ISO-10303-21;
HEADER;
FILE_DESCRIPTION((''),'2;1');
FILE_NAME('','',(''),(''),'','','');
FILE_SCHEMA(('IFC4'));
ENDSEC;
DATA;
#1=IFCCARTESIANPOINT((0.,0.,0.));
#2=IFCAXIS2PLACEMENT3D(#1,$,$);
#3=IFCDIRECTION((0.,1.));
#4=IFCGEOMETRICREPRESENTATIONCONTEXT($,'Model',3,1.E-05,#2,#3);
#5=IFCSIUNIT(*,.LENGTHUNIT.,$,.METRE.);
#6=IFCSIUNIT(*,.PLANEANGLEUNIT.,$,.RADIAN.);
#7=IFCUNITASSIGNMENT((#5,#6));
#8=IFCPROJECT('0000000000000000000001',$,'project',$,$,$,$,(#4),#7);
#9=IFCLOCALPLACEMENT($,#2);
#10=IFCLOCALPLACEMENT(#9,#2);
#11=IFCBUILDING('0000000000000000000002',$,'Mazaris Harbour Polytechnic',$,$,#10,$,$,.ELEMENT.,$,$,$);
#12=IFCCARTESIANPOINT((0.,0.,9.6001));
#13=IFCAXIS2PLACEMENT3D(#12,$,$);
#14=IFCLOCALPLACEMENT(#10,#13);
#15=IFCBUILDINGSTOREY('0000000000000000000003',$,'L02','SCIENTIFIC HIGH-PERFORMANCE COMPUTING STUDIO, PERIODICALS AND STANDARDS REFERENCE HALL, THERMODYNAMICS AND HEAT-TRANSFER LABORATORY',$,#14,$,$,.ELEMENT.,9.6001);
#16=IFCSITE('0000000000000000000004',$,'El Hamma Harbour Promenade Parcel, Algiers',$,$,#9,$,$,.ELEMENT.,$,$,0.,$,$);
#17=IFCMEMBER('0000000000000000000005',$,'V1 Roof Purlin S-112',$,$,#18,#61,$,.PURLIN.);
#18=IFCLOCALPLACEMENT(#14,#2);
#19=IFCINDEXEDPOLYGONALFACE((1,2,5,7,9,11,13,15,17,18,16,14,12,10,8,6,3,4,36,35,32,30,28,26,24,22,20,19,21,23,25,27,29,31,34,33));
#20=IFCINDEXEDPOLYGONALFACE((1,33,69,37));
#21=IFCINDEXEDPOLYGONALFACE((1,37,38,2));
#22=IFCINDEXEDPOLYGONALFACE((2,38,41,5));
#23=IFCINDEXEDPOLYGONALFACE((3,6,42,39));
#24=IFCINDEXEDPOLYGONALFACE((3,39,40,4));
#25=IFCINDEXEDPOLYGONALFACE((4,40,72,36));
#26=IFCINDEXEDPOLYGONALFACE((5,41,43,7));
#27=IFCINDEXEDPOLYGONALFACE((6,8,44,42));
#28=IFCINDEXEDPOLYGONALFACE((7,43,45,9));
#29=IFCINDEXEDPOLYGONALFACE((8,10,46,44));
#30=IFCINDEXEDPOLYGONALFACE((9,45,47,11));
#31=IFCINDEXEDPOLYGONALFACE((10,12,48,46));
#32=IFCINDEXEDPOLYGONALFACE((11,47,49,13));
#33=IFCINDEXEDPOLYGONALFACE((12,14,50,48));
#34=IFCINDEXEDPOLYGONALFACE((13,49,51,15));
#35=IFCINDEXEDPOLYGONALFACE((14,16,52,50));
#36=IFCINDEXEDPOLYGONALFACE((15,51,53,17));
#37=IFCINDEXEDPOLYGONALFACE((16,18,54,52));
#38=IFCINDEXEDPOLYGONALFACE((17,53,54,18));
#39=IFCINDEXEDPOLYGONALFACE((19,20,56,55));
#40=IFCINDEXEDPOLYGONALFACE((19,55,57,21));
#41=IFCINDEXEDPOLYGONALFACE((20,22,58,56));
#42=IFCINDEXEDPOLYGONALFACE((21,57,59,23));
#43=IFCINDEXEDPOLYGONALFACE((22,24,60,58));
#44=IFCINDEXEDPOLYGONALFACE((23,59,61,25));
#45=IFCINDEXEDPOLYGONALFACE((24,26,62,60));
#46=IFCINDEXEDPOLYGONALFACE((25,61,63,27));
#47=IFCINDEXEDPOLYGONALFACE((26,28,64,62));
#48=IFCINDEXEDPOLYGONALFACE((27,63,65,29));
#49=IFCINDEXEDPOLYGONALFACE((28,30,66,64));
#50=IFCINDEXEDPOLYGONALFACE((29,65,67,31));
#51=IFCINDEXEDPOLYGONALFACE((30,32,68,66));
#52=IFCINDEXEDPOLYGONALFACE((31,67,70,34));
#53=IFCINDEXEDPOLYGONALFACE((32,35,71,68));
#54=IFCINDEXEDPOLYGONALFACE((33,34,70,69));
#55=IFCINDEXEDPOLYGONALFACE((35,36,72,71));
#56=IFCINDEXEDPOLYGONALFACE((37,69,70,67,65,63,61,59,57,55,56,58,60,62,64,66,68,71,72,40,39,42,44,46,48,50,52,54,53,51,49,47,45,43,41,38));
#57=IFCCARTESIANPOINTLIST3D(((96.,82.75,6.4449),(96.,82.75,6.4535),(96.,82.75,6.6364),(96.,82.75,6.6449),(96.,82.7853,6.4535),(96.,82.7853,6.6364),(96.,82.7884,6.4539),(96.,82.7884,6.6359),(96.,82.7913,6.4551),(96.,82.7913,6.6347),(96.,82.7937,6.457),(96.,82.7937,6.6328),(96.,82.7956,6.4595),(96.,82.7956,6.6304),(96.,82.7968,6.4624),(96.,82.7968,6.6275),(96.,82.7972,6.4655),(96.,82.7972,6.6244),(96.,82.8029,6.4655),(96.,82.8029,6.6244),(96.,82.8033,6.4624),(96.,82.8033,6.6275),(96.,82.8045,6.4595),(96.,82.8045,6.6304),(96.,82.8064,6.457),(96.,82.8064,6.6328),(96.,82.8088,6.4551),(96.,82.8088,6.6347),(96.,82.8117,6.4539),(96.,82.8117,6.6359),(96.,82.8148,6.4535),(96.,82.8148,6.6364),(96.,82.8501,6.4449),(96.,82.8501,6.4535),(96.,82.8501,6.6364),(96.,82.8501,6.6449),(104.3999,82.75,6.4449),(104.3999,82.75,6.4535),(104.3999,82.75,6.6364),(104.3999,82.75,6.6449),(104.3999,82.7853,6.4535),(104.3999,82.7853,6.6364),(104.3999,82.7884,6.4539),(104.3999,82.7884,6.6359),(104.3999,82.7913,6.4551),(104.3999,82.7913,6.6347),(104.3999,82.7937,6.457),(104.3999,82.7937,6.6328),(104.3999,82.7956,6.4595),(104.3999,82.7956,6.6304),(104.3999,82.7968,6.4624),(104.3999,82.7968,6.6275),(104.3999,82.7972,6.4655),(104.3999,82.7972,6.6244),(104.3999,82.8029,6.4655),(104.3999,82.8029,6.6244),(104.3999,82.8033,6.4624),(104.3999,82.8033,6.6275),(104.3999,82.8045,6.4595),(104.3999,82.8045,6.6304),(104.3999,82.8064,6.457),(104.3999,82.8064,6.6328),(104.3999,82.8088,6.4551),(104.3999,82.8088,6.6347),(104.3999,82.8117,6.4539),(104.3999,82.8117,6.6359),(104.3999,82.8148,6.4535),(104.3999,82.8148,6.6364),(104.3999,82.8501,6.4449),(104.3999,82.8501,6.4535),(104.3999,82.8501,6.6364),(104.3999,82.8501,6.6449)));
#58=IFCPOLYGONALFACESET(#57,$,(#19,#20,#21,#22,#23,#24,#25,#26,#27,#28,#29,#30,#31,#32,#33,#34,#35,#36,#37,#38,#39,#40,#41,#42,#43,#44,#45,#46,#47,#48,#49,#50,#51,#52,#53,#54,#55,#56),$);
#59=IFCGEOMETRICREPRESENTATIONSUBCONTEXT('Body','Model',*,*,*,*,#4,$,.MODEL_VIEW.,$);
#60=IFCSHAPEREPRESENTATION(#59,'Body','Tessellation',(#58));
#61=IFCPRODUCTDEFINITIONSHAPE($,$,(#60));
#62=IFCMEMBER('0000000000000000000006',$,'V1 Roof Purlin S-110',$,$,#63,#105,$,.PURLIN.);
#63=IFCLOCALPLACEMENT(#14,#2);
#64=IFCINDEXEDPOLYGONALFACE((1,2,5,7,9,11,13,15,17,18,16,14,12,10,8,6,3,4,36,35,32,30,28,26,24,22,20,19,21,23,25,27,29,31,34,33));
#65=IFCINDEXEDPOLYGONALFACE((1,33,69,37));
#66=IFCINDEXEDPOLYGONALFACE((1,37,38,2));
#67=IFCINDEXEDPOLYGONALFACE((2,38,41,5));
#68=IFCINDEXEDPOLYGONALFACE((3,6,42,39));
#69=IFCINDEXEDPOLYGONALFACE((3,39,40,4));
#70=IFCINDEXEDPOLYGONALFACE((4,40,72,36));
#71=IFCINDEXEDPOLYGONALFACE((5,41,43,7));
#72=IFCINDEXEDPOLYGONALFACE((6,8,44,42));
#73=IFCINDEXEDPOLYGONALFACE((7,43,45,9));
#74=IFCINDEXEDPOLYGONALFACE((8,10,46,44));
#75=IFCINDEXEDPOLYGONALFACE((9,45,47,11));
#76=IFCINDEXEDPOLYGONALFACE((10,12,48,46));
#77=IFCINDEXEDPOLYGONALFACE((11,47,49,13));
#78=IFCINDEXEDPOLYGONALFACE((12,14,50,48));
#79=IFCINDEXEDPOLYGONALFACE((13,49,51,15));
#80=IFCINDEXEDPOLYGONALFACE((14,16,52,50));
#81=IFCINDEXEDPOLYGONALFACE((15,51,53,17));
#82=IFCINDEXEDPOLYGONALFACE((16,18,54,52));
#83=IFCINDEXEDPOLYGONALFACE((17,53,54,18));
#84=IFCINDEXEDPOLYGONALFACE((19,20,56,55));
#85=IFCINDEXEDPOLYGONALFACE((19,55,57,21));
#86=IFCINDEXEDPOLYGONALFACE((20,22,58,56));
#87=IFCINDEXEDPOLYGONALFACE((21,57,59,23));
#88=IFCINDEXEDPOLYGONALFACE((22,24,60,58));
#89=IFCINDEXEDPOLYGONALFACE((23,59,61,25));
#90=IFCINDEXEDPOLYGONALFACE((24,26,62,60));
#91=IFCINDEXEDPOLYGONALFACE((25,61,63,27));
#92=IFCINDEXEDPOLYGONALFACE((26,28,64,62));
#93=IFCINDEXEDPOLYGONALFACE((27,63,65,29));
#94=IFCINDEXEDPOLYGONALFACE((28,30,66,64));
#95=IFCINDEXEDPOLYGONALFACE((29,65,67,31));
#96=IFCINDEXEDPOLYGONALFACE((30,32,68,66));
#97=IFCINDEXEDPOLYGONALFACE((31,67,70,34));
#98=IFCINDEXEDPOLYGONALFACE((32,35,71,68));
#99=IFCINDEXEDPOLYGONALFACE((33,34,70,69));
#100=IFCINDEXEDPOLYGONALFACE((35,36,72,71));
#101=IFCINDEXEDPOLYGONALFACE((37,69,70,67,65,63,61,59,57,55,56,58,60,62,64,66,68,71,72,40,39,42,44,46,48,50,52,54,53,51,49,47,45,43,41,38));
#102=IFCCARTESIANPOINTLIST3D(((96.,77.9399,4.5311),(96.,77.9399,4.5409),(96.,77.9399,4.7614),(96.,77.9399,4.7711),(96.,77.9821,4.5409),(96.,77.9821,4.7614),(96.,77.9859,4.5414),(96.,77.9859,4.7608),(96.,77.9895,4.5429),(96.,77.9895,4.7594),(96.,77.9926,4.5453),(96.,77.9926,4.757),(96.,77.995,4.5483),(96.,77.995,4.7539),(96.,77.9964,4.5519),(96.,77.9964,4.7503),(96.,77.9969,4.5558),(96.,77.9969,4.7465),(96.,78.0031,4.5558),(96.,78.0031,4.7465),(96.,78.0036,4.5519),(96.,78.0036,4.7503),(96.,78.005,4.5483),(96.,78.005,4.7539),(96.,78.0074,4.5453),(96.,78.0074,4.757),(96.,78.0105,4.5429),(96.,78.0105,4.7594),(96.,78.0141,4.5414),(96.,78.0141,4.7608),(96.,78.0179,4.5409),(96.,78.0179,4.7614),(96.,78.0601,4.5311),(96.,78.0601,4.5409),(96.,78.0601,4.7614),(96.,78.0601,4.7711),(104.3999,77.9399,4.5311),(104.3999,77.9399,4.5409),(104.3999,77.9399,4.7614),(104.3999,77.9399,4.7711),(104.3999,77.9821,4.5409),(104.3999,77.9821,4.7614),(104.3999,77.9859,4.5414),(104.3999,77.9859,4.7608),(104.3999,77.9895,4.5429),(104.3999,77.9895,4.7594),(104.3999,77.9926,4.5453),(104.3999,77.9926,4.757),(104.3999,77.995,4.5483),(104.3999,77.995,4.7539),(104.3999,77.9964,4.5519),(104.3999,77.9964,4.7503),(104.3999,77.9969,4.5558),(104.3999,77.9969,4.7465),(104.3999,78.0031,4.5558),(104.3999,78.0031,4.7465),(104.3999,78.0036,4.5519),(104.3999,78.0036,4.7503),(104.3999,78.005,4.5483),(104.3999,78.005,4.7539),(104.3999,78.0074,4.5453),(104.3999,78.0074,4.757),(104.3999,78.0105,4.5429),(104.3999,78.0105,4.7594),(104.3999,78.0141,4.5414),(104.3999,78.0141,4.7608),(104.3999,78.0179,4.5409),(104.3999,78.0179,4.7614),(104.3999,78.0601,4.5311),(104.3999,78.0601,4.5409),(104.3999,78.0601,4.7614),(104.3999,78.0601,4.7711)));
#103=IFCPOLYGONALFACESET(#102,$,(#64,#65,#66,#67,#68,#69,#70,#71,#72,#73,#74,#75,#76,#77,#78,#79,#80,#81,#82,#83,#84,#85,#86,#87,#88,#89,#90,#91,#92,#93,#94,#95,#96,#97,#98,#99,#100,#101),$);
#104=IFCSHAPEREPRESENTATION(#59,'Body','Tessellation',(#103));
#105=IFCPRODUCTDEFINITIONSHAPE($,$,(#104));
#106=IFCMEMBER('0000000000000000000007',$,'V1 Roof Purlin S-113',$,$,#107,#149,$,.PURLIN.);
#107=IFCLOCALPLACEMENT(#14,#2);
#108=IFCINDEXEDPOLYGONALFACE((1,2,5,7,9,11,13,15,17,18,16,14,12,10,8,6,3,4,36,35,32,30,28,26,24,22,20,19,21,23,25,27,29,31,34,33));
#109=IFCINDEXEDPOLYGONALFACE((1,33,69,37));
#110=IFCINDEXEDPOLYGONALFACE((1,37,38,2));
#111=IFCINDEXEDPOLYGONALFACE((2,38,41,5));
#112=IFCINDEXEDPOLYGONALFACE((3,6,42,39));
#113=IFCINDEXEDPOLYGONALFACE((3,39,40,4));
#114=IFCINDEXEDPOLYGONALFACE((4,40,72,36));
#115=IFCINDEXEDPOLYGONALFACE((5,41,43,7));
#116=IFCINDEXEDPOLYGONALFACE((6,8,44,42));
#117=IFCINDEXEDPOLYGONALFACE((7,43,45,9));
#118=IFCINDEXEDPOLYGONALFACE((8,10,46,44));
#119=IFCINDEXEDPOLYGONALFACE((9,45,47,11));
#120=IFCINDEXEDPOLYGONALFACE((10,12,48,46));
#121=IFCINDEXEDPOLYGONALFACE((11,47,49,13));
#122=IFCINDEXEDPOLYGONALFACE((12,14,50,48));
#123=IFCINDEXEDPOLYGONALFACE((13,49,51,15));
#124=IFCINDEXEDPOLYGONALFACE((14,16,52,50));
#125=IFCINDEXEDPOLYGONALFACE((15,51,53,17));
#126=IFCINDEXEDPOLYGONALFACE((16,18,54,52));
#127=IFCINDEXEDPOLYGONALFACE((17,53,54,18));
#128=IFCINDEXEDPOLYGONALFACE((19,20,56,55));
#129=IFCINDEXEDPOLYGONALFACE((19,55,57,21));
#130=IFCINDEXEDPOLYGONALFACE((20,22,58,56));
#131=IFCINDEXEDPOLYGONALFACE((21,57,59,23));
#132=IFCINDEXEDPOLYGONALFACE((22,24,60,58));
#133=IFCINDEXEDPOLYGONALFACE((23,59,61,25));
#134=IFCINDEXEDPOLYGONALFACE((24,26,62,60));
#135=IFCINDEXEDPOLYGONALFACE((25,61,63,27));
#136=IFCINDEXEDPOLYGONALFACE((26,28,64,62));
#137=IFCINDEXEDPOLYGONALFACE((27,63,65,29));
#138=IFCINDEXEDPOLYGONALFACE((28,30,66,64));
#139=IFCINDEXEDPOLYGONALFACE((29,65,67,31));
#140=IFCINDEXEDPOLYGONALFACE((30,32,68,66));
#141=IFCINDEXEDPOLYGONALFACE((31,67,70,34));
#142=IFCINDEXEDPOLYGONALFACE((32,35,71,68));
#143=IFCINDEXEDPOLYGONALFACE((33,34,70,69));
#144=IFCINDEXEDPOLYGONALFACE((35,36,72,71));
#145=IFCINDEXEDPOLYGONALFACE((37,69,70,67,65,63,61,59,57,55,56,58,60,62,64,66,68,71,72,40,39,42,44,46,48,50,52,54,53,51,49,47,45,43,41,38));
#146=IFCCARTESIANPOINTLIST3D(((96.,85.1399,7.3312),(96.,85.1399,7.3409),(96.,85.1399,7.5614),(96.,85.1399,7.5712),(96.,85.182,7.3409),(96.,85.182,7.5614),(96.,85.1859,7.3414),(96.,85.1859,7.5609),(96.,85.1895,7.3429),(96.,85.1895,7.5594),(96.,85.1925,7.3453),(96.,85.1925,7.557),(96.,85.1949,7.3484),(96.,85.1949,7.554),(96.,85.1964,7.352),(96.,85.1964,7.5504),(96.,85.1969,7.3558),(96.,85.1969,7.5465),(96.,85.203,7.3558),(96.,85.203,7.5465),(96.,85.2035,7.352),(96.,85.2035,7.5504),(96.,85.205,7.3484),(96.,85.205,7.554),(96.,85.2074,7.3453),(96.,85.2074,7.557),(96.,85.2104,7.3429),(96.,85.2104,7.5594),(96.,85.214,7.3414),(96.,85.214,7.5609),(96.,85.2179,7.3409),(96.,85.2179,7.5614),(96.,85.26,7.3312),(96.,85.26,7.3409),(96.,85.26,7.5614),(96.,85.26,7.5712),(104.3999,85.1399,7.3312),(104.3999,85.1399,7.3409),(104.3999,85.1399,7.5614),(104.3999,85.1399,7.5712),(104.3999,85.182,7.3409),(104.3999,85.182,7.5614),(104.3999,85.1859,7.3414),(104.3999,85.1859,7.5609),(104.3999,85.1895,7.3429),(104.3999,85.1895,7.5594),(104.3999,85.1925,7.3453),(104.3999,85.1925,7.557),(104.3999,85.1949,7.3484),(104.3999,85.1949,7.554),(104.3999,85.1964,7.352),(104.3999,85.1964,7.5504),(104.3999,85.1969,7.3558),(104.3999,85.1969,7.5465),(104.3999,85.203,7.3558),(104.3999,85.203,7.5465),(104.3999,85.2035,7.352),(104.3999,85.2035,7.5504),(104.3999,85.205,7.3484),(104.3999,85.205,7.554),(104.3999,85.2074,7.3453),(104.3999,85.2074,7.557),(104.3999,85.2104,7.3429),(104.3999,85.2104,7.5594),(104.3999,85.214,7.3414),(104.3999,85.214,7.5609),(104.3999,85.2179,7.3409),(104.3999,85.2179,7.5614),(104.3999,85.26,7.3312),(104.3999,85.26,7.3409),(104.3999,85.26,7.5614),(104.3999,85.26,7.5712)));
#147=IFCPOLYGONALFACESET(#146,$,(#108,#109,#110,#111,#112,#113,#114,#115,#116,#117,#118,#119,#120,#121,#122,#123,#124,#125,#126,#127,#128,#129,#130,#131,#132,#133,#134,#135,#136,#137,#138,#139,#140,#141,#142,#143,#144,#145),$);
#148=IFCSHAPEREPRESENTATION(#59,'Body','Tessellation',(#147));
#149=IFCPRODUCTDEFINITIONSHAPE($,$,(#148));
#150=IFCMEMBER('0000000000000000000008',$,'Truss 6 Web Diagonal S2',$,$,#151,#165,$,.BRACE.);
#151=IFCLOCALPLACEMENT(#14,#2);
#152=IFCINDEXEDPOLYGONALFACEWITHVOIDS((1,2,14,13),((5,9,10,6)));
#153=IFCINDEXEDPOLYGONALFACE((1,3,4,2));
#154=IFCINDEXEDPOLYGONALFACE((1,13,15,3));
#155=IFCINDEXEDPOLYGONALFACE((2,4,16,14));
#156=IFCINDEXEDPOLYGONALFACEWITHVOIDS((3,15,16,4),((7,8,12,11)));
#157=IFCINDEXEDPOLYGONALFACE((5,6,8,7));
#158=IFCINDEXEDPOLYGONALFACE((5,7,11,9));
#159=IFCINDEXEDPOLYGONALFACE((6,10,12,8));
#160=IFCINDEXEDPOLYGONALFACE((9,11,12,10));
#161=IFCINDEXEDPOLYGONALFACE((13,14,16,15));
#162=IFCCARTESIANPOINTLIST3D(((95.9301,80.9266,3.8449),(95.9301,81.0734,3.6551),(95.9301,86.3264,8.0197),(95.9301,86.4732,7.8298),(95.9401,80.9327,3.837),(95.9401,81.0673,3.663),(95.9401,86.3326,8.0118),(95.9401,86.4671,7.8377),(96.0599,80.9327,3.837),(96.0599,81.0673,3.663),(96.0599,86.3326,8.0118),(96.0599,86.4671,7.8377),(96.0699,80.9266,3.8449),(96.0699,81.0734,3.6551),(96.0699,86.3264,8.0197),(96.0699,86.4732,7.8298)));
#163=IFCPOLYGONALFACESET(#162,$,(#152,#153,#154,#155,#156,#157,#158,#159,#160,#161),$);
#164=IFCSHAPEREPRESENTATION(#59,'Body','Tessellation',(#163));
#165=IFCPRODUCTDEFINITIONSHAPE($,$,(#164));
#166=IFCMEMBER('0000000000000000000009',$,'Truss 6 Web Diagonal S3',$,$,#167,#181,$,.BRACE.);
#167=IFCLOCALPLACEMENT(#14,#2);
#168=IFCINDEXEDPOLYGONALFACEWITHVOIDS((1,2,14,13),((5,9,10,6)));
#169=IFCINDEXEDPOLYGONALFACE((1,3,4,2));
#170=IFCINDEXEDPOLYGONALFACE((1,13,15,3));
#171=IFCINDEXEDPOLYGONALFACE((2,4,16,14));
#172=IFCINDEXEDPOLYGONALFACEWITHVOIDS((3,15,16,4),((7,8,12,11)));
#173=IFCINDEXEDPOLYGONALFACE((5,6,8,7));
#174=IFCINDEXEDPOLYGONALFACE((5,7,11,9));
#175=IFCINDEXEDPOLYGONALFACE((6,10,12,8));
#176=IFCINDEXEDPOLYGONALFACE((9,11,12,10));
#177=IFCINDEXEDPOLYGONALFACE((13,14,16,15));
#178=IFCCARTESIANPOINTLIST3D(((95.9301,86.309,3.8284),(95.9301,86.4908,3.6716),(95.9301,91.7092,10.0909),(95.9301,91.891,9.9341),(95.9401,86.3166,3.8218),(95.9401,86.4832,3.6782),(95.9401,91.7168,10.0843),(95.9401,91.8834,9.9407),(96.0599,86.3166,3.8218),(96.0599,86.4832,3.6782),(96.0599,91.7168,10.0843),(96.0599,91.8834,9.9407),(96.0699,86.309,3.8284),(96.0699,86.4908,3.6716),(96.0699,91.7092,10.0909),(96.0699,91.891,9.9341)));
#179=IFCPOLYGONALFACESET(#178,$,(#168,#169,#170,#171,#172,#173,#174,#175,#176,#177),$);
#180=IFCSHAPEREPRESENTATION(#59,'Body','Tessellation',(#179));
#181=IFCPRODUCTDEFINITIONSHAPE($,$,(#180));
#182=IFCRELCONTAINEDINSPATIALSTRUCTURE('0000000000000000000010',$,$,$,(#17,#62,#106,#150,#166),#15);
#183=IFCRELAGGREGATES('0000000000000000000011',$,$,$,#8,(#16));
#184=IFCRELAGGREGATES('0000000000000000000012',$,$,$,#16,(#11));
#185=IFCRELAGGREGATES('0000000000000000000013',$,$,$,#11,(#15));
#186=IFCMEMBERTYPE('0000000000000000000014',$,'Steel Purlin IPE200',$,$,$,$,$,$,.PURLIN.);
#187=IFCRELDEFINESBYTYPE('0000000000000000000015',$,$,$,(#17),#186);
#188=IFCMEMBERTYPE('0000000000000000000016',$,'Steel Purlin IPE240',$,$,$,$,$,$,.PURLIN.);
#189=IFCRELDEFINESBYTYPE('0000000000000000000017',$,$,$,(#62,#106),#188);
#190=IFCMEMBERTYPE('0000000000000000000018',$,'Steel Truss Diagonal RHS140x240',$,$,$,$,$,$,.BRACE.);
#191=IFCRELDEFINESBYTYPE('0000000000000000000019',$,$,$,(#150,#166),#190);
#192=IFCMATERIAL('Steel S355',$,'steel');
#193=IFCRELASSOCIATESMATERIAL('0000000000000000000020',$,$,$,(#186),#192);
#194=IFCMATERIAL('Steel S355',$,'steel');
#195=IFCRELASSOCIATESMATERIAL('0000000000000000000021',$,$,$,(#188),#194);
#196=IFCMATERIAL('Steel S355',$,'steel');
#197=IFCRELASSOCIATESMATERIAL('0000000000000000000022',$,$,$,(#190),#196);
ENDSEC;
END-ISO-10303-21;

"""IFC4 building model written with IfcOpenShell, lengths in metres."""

from ifc_helpers import new_model, si_unit, direction, frame, origin, origin_2d, place, context, subcontext, project, spatial, hollow_rectangle, i_section, extrude, material, material_profile, profile_set, type_object, element, save


model = new_model("IFC4")

# Units and contexts
model_context = context("Model", 3, precision=1e-05, world=origin(), true_north=direction((0.0, 1.0)))
body_context = subcontext(model_context, "Body", "Model", "MODEL_VIEW")
ifc_project = project(units=[si_unit("LENGTHUNIT", "METRE"), si_unit("PLANEANGLEUNIT", "RADIAN")], contexts=[model_context])

# Site, building, storey
site_placement = place(None, origin())
site = spatial("IfcSite", under=ifc_project, at=site_placement, Name="El Hamma Harbour Promenade Parcel, Algiers", CompositionType="ELEMENT", RefElevation=0.0)
building_placement = place(site_placement, origin())
building = spatial("IfcBuilding", under=site, at=building_placement, Name="Mazaris Harbour Polytechnic", CompositionType="ELEMENT")
storey_placement = place(building_placement, frame((0.0, 0.0, 9.6001)))
storey = spatial("IfcBuildingStorey", under=building, at=storey_placement, Name="L02", Description="SCIENTIFIC HIGH-PERFORMANCE COMPUTING STUDIO, PERIODICALS AND STANDARDS REFERENCE HALL, THERMODYNAMICS AND HEAT-TRANSFER LABORATORY", CompositionType="ELEMENT", Elevation=9.6001)

# Members
ifc_material_1 = material(Name="Steel S355", Category="steel")
ifc_material_profile_1 = material_profile(ifc_material_1, i_section(OverallWidth=0.1001, OverallDepth=0.2, WebThickness=0.0056, FlangeThickness=0.0085, FilletRadius=0.012, at=origin_2d()), Name="IPE 200")
ifc_profile_set_1 = profile_set([ifc_material_profile_1], Name="Steel S355")
member_type_1 = type_object("IfcMemberType", Name="Steel Purlin IPE200", PredefinedType="PURLIN", material=ifc_profile_set_1)
member_1_placement = place(storey_placement, frame((96.0, 82.8, 6.5449), z_axis=(1.0, 0.0, 0.0), x_axis=(0.0, 1.0, 0.0)))
element("IfcMember", 1, at=member_1_placement, inside=storey, type_object=member_type_1, Name="V1 Roof Purlin S-112", PredefinedType="PURLIN", context=body_context, shape_type="SweptSolid", body=[
    extrude(i_section(OverallWidth=0.1001, OverallDepth=0.2, WebThickness=0.0056, FlangeThickness=0.0085, FilletRadius=0.012, at=origin_2d()), origin(), (0.0, 0.0, 1.0), 8.3999),
])
ifc_material_2 = material(Name="Steel S355", Category="steel")
ifc_material_profile_2 = material_profile(ifc_material_2, i_section(OverallWidth=0.1201, OverallDepth=0.24, WebThickness=0.0061, FlangeThickness=0.0098, FilletRadius=0.0149, at=origin_2d()), Name="IPE 240")
ifc_profile_set_2 = profile_set([ifc_material_profile_2], Name="Steel S355")
member_type_2 = type_object("IfcMemberType", Name="Steel Purlin IPE240", PredefinedType="PURLIN", material=ifc_profile_set_2)
for number, where, z_axis, x_axis, name in (
    (2, (96.0, 78.0, 4.6511), (1.0, 0.0, 0.0), (0.0, 1.0, 0.0), "V1 Roof Purlin S-110"),
    (3, (96.0, 85.2, 7.4512), (1.0, 0.0, 0.0), (0.0, 1.0, 0.0), "V1 Roof Purlin S-113"),
):
    element("IfcMember", number, at=place(storey_placement, frame(where, z_axis=z_axis, x_axis=x_axis)), inside=storey, type_object=member_type_2, Name=name, PredefinedType="PURLIN", context=body_context, shape_type="SweptSolid", body=[
        extrude(i_section(OverallWidth=0.1201, OverallDepth=0.24, WebThickness=0.0061, FlangeThickness=0.0098, FilletRadius=0.0149, at=origin_2d()), origin(), (0.0, 0.0, 1.0), 8.3999),
    ])
ifc_material_3 = material(Name="Steel S355", Category="steel")
ifc_material_profile_3 = material_profile(ifc_material_3, hollow_rectangle(XDim=0.1399, YDim=0.24, WallThickness=0.01, at=origin_2d()), Name="RHS 140x240x10.0")
ifc_profile_set_3 = profile_set([ifc_material_profile_3], Name="Steel S355")
member_type_3 = type_object("IfcMemberType", Name="Steel Truss Diagonal RHS140x240", PredefinedType="BRACE", material=ifc_profile_set_3)
member_2_placement = place(storey_placement, frame((96.0, 81.0, 3.75), z_axis=(0.0, 0.791132, 0.611645), x_axis=(-1.0, 0.0, 0.0)))
element("IfcMember", 4, at=member_2_placement, inside=storey, type_object=member_type_3, Name="Truss 6 Web Diagonal S2", PredefinedType="BRACE", context=body_context, shape_type="SweptSolid", body=[
    extrude(hollow_rectangle(XDim=0.1399, YDim=0.24, WallThickness=0.01, at=origin_2d()), origin(), (0.0, 0.0, 1.0), 6.8254),
])
member_3_placement = place(storey_placement, frame((96.0, 86.3999, 3.75), z_axis=(0.0, 0.653042, 0.757321), x_axis=(-1.0, 0.0, 0.0)))
element("IfcMember", 5, at=member_3_placement, inside=storey, type_object=member_type_3, Name="Truss 6 Web Diagonal S3", PredefinedType="BRACE", context=body_context, shape_type="SweptSolid", body=[
    extrude(hollow_rectangle(XDim=0.1399, YDim=0.24, WallThickness=0.01, at=origin_2d()), origin(), (0.0, 0.0, 1.0), 8.2693),
])

save(model, "model.ifc")
